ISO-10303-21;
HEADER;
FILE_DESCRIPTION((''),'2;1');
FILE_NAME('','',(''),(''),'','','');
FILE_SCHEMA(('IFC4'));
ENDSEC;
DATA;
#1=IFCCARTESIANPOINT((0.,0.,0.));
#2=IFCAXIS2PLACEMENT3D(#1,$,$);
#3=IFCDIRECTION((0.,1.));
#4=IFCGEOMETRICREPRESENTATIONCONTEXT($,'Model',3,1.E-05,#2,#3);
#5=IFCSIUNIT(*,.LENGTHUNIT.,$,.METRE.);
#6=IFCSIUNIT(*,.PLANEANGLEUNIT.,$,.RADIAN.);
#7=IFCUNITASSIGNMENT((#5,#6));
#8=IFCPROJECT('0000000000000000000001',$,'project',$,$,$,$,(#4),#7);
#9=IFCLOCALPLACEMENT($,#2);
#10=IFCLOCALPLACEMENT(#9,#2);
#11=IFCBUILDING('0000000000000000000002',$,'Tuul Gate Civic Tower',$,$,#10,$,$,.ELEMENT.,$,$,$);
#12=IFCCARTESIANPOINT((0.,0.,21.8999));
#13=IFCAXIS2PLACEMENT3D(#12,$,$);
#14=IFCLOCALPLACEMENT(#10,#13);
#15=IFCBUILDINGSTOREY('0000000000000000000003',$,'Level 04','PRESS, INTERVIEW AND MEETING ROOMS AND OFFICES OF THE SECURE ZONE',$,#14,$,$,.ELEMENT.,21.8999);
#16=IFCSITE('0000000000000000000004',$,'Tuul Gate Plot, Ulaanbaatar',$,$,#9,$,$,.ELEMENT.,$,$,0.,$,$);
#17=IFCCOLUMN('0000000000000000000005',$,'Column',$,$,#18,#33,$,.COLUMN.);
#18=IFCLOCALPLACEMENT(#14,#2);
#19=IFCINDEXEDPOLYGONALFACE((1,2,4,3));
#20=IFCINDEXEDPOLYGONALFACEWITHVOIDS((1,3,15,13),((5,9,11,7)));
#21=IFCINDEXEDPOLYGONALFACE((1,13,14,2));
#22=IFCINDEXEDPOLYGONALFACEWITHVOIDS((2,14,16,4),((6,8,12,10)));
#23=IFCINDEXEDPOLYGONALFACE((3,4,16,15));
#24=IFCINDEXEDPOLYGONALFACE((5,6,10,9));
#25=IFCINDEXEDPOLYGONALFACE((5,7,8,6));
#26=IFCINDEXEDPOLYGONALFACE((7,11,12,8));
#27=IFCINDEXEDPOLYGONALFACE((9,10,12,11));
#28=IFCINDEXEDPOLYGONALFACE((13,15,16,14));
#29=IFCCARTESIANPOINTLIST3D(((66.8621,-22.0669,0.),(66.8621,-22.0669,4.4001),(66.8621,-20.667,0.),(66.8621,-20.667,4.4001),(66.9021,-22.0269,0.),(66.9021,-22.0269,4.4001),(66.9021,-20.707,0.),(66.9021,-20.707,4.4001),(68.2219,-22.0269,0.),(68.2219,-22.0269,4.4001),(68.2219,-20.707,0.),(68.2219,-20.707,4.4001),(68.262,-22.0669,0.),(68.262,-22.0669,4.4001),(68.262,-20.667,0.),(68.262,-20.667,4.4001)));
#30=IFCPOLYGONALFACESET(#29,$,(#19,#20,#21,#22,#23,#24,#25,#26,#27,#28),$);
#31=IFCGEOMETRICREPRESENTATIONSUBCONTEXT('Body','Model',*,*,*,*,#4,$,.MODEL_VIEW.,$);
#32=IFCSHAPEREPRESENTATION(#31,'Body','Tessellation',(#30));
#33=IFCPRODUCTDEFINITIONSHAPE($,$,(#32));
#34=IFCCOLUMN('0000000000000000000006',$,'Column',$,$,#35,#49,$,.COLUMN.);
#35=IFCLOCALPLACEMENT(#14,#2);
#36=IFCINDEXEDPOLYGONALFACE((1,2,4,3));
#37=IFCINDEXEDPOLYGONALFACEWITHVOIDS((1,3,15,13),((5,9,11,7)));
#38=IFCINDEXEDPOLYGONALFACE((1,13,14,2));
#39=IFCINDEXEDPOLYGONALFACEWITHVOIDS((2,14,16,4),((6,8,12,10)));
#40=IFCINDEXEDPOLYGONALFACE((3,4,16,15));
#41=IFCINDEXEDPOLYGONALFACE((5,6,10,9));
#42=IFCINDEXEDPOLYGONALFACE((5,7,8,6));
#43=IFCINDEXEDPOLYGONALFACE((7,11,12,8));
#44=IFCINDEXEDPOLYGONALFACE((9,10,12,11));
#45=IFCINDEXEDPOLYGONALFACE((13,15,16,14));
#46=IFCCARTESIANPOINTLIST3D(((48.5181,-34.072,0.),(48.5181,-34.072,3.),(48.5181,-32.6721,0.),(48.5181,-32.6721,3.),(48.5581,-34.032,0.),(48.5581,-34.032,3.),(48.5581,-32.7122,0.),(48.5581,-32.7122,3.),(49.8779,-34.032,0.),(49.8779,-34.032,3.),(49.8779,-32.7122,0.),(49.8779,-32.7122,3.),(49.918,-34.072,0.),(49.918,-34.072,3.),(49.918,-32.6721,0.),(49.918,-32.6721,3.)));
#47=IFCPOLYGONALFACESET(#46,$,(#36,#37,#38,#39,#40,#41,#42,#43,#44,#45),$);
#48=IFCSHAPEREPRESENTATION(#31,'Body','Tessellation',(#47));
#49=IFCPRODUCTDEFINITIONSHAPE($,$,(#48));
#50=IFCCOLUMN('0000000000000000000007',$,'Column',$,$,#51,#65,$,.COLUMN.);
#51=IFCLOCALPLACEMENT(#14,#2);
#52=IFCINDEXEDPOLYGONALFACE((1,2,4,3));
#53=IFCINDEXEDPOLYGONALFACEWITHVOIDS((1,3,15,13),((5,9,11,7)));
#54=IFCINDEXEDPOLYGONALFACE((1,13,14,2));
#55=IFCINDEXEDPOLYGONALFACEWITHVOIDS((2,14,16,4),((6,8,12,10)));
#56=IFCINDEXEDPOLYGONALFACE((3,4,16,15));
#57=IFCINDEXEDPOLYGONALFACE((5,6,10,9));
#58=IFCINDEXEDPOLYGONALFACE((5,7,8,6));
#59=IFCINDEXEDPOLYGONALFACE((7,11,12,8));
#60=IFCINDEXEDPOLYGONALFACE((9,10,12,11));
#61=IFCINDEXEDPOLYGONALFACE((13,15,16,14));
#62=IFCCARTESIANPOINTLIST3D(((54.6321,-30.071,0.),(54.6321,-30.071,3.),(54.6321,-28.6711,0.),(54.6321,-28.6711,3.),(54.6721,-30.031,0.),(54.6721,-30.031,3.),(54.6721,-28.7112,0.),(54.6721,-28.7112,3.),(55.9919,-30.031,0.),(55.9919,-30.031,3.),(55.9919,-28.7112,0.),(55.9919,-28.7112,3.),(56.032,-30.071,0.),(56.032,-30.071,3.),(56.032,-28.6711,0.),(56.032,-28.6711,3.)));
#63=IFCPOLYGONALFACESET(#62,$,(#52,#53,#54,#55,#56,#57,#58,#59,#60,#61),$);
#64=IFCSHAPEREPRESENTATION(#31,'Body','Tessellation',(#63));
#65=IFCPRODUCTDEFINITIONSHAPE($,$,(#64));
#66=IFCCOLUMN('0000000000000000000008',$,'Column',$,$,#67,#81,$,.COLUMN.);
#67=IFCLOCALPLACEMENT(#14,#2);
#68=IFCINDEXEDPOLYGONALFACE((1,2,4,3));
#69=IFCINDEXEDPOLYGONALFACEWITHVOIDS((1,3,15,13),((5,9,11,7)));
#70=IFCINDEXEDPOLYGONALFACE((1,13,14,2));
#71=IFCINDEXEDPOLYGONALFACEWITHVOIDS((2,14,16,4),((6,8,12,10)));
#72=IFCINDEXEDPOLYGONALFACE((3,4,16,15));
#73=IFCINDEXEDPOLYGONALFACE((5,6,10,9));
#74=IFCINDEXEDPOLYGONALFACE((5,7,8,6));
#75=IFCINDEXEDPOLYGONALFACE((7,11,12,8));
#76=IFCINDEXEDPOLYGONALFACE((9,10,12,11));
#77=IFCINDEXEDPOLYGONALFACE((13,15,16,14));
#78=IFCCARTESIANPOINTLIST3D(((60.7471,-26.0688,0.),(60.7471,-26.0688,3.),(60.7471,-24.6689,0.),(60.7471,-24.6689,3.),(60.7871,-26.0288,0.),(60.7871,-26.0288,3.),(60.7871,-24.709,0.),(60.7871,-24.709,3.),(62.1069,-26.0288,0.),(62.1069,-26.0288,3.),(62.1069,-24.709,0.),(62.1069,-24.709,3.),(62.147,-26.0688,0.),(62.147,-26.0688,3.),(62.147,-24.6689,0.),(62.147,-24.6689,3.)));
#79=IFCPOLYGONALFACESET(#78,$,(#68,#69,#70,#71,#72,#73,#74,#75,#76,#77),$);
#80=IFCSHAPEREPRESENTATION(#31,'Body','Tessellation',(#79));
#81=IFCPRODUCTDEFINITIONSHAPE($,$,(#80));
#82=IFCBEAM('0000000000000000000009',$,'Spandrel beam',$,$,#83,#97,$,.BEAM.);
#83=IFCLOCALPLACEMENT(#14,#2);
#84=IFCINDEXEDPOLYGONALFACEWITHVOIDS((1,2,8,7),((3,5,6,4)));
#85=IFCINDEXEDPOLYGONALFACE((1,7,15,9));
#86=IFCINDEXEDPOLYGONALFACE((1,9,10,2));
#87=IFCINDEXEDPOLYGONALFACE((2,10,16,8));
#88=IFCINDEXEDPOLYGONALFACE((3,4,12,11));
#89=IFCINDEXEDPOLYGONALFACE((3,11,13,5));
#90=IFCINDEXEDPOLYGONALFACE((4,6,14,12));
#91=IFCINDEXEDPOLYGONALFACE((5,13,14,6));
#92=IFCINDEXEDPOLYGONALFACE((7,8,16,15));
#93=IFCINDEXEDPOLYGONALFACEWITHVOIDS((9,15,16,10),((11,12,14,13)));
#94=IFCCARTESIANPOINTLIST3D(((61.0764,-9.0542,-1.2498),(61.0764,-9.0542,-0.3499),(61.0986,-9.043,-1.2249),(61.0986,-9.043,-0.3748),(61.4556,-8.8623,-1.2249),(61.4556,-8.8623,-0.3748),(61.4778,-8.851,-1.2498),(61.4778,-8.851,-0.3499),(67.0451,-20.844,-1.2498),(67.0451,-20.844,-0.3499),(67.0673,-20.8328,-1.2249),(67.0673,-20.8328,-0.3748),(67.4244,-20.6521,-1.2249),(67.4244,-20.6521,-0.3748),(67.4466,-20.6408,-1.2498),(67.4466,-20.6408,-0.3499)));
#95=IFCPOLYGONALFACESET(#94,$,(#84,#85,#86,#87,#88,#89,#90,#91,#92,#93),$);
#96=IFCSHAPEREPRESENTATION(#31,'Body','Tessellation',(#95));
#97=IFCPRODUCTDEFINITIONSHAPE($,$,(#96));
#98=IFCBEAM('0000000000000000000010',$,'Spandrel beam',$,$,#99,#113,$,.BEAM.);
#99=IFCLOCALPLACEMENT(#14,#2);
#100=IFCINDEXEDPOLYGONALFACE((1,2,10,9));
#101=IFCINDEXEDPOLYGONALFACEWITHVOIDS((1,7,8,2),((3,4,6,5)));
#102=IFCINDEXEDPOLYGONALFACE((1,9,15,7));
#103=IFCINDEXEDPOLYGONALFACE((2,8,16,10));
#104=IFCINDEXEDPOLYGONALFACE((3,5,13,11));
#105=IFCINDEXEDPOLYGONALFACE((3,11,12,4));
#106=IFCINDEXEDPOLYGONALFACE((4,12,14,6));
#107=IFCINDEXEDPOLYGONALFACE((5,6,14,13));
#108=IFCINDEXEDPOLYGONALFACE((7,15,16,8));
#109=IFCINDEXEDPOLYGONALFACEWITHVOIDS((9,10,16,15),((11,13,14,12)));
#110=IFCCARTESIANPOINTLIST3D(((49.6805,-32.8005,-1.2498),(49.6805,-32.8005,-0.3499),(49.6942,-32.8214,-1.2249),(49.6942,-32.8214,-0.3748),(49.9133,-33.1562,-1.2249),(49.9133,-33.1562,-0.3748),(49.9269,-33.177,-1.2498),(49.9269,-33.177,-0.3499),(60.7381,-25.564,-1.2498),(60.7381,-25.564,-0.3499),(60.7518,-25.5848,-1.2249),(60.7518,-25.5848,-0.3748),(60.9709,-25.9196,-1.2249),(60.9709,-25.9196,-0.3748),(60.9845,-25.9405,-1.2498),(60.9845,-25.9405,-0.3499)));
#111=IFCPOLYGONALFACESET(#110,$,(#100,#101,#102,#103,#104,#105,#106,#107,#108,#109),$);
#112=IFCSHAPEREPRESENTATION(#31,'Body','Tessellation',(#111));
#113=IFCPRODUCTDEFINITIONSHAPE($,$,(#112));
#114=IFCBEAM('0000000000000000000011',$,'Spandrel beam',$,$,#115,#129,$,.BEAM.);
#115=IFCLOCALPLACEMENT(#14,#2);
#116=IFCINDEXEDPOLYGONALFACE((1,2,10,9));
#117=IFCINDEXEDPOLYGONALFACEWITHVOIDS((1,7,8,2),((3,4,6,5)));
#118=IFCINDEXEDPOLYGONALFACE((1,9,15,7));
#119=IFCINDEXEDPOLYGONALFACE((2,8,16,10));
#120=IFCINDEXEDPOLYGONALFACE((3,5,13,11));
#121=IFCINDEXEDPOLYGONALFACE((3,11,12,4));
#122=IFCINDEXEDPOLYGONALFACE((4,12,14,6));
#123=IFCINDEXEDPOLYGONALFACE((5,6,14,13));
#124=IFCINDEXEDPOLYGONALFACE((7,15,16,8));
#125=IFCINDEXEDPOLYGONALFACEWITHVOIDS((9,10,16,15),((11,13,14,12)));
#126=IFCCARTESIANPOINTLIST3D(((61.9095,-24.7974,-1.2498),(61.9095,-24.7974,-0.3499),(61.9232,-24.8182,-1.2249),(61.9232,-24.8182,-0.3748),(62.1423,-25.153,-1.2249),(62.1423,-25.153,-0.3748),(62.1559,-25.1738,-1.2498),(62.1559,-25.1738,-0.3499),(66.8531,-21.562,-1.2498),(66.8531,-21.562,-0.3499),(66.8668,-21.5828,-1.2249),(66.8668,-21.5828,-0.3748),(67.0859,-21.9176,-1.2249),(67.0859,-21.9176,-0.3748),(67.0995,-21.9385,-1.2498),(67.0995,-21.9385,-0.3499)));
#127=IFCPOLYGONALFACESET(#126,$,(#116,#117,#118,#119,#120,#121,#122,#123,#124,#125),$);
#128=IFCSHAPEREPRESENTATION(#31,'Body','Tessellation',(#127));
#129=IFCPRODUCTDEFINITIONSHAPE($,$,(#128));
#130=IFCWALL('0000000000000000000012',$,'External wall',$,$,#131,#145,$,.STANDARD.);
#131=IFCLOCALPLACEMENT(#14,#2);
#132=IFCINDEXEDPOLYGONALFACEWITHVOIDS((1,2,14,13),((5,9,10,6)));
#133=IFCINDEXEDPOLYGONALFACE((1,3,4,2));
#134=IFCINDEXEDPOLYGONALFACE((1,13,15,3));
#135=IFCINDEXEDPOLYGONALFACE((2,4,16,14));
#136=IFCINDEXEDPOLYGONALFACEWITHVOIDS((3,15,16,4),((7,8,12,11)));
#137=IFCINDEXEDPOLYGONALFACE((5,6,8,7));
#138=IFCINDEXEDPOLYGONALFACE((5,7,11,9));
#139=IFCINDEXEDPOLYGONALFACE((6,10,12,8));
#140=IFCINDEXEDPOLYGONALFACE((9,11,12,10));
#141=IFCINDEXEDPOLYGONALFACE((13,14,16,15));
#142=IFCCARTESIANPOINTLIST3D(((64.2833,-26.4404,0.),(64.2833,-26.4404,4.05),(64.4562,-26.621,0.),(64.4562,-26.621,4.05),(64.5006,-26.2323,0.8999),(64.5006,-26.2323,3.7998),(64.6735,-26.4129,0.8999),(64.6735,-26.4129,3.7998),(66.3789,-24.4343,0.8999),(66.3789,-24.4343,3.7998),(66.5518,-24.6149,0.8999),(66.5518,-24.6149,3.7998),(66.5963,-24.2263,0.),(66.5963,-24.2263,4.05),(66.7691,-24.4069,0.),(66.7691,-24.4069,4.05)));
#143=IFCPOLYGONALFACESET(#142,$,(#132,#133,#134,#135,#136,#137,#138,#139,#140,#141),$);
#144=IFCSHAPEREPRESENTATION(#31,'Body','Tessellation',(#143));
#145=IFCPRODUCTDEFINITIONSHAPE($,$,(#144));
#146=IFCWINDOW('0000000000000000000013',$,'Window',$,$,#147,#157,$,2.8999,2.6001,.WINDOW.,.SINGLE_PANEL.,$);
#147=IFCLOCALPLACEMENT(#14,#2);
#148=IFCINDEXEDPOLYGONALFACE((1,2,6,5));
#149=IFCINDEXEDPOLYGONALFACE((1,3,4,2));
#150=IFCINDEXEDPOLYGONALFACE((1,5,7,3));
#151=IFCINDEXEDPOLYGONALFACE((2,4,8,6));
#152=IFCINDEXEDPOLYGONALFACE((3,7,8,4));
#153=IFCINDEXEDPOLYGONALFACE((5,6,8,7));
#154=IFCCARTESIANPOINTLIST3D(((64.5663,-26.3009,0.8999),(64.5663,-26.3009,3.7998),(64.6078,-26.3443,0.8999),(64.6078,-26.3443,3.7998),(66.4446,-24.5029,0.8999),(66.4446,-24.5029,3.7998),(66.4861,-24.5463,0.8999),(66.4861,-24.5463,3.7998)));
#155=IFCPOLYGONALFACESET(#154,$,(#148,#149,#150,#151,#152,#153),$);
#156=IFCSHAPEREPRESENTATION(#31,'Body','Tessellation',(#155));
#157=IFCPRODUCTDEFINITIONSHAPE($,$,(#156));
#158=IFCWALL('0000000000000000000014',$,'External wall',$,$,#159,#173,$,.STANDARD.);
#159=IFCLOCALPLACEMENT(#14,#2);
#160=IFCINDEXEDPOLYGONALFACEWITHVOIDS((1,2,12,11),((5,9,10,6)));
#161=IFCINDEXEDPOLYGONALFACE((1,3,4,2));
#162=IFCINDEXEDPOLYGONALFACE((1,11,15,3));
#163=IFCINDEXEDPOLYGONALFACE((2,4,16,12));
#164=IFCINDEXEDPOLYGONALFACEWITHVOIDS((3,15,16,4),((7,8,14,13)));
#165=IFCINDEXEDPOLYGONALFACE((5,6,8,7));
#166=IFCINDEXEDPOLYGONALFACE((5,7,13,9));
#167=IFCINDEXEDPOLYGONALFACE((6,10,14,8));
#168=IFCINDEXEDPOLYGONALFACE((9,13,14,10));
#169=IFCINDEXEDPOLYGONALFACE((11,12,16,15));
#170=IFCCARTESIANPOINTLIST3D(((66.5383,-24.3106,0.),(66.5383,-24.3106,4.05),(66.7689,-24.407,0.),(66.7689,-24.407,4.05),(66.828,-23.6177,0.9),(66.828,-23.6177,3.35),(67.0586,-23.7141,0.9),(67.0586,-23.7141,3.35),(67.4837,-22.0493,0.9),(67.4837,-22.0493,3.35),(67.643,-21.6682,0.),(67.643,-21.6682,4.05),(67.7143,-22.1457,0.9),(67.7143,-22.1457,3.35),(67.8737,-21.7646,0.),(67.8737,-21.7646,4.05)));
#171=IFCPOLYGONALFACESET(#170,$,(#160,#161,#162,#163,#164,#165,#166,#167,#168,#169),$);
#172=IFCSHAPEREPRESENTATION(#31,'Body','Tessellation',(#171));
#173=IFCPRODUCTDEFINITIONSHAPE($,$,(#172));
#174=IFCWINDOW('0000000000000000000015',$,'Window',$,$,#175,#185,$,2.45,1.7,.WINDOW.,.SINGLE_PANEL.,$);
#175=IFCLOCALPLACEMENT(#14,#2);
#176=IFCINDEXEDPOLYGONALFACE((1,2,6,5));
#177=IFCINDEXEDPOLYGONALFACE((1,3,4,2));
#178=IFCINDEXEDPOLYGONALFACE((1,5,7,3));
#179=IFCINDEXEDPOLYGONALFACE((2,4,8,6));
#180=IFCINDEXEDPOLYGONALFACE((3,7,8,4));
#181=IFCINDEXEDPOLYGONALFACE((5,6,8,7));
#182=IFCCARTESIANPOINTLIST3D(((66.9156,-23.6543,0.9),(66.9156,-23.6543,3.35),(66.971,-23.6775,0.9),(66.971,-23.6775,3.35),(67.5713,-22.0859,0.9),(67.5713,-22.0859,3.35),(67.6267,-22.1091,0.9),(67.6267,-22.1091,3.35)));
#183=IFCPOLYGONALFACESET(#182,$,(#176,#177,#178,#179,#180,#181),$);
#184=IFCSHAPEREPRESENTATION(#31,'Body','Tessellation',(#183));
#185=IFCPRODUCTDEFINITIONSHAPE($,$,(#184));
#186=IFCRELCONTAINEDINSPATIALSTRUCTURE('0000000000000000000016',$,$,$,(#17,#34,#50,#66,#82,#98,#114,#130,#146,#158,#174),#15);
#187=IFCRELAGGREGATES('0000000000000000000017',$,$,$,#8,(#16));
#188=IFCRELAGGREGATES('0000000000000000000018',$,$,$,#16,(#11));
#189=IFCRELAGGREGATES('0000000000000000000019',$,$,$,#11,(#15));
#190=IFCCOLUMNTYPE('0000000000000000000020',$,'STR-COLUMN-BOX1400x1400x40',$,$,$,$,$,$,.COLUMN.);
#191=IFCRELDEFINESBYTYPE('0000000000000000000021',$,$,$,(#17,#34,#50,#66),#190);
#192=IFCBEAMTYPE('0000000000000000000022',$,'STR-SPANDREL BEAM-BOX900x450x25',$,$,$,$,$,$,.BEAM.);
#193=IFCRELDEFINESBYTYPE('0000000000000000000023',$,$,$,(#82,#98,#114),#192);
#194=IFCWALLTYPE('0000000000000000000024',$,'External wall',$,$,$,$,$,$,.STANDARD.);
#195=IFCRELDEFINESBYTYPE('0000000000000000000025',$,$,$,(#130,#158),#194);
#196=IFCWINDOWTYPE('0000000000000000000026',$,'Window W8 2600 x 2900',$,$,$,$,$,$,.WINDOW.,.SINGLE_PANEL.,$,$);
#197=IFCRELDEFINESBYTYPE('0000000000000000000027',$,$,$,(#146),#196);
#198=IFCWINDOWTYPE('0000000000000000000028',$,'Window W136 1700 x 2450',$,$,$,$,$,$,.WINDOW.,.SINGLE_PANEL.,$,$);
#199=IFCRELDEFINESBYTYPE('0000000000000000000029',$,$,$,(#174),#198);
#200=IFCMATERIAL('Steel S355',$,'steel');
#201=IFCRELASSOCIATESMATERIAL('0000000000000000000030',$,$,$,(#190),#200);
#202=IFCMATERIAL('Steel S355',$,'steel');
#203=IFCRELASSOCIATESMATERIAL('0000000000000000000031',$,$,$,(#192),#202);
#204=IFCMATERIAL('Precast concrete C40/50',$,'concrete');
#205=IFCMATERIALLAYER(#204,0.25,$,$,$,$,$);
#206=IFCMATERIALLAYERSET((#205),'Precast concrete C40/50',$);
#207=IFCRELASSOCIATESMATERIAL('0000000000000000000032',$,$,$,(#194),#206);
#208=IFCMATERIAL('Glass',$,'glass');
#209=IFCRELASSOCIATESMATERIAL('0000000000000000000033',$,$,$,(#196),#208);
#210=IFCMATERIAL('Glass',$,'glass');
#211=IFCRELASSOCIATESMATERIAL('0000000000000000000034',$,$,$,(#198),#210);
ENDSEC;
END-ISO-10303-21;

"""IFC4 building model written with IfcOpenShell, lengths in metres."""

from ifc_helpers import new_model, si_unit, direction, frame, frame_2d, origin, origin_2d, place, context, subcontext, project, spatial, rectangle, hollow_rectangle, extrude, material, layer, layer_set, material_profile, profile_set, type_object, element, fill, save


model = new_model("IFC4")

# Units and contexts
model_context = context("Model", 3, precision=1e-05, world=origin(), true_north=direction((0.0, 1.0)))
body_context = subcontext(model_context, "Body", "Model", "MODEL_VIEW")
ifc_project = project(units=[si_unit("LENGTHUNIT", "METRE"), si_unit("PLANEANGLEUNIT", "RADIAN")], contexts=[model_context])

# Site, building, storey
site_placement = place(None, origin())
site = spatial("IfcSite", under=ifc_project, at=site_placement, Name="Tuul Gate Plot, Ulaanbaatar", CompositionType="ELEMENT", RefElevation=0.0)
building_placement = place(site_placement, origin())
building = spatial("IfcBuilding", under=site, at=building_placement, Name="Tuul Gate Civic Tower", CompositionType="ELEMENT")
storey_placement = place(building_placement, frame((0.0, 0.0, 21.8999)))
storey = spatial("IfcBuildingStorey", under=building, at=storey_placement, Name="Level 04", Description="PRESS, INTERVIEW AND MEETING ROOMS AND OFFICES OF THE SECURE ZONE", CompositionType="ELEMENT", Elevation=21.8999)

# Columns
ifc_material_1 = material(Name="Steel S355", Category="steel")
ifc_material_profile_1 = material_profile(ifc_material_1, hollow_rectangle(XDim=1.3999, YDim=1.3999, WallThickness=0.04, at=origin_2d()), Name="BOX1400x1400x40")
ifc_profile_set_1 = profile_set([ifc_material_profile_1], Name="Steel S355")
column_type = type_object("IfcColumnType", Name="STR-COLUMN-BOX1400x1400x40", PredefinedType="COLUMN", material=ifc_profile_set_1)
column_placement = place(storey_placement, frame((67.562, -21.3669, 0.0), z_axis=(0.0, 0.0, 1.0), x_axis=(1.0, 0.0, 0.0)))
element("IfcColumn", 1, at=column_placement, inside=storey, type_object=column_type, Name="Column", PredefinedType="COLUMN", context=body_context, shape_type="SweptSolid", body=[
    extrude(hollow_rectangle(XDim=1.3999, YDim=1.3999, WallThickness=0.04, at=origin_2d()), origin(), (0.0, 0.0, 1.0), 4.4001),
])
for number, where, z_axis, x_axis, name in (
    (2, (49.218, -33.3721, 0.0), (0.0, 0.0, 1.0), (1.0, 0.0, 0.0), "Column"),
    (3, (55.332, -29.3711, 0.0), (0.0, 0.0, 1.0), (1.0, 0.0, 0.0), "Column"),
    (4, (61.447, -25.3689, 0.0), (0.0, 0.0, 1.0), (1.0, 0.0, 0.0), "Column"),
):
    element("IfcColumn", number, at=place(storey_placement, frame(where, z_axis=z_axis, x_axis=x_axis)), inside=storey, type_object=column_type, Name=name, PredefinedType="COLUMN", context=body_context, shape_type="SweptSolid", body=[
        extrude(hollow_rectangle(XDim=1.3999, YDim=1.3999, WallThickness=0.04, at=origin_2d()), origin(), (0.0, 0.0, 1.0), 3.0),
    ])

# Beams
ifc_material_2 = material(Name="Steel S355", Category="steel")
ifc_material_profile_2 = material_profile(ifc_material_2, hollow_rectangle(XDim=0.45, YDim=0.8999, WallThickness=0.0249, at=origin_2d()), Name="BOX900x450x25")
ifc_profile_set_2 = profile_set([ifc_material_profile_2], Name="Steel S355")
beam_type = type_object("IfcBeamType", Name="STR-SPANDREL BEAM-BOX900x450x25", PredefinedType="BEAM", material=ifc_profile_set_2)
beam_1_placement = place(storey_placement, frame((67.2458, -20.7424, -0.7998), z_axis=(-0.451679, 0.892181, 0.0), x_axis=(-0.892181, -0.451679, 0.0)))
element("IfcBeam", 5, at=beam_1_placement, inside=storey, type_object=beam_type, Name="Spandrel beam", PredefinedType="BEAM", context=body_context, shape_type="SweptSolid", body=[
    extrude(hollow_rectangle(XDim=0.45, YDim=0.8999, WallThickness=0.0249, at=origin_2d()), origin(), (0.0, 0.0, 1.0), 13.2146),
])
beam_2_placement = place(storey_placement, frame((49.8037, -32.9888, -0.7998), z_axis=(0.836741, 0.547599, 0.0), x_axis=(-0.547599, 0.836741, 0.0)))
element("IfcBeam", 6, at=beam_2_placement, inside=storey, type_object=beam_type, Name="Spandrel beam", PredefinedType="BEAM", context=body_context, shape_type="SweptSolid", body=[
    extrude(hollow_rectangle(XDim=0.45, YDim=0.8999, WallThickness=0.0249, at=origin_2d()), origin(), (0.0, 0.0, 1.0), 13.2151),
])
beam_3_placement = place(storey_placement, frame((62.0327, -24.9856, -0.7998), z_axis=(0.836737, 0.547604, 0.0), x_axis=(-0.547604, 0.836737, 0.0)))
element("IfcBeam", 7, at=beam_3_placement, inside=storey, type_object=beam_type, Name="Spandrel beam", PredefinedType="BEAM", context=body_context, shape_type="SweptSolid", body=[
    extrude(hollow_rectangle(XDim=0.45, YDim=0.8999, WallThickness=0.0249, at=origin_2d()), origin(), (0.0, 0.0, 1.0), 5.9082),
])

# Walls, openings, windows
ifc_material_3 = material(Name="Precast concrete C40/50", Category="concrete")
ifc_layer = layer(ifc_material_3, 0.25)
ifc_layer_set = layer_set([ifc_layer], Name="Precast concrete C40/50")
wall_type = type_object("IfcWallType", Name="External wall", PredefinedType="STANDARD", material=ifc_layer_set)
wall_1_placement = place(storey_placement, frame((64.3696, -26.5308, 0.0), z_axis=(0.0, 0.0, 1.0), x_axis=(0.722379, 0.691498, 0.0)))
wall_1 = element("IfcWall", 8, at=wall_1_placement, inside=storey, type_object=wall_type, Name="External wall", PredefinedType="STANDARD", context=body_context, shape_type="SweptSolid", body=[
    extrude(rectangle(XDim=3.2019, YDim=0.25, at=frame_2d((1.6011, 0.0))), origin(), (0.0, 0.0, 1.0), 4.05),
])
opening_1_placement = place(wall_1_placement, frame((0.301, 0.0, 0.8999)))
opening_1 = element("IfcOpeningElement", 9, at=opening_1_placement, cuts=wall_1, PredefinedType="OPENING", context=body_context, shape_type="SweptSolid", body=[
    extrude(rectangle(XDim=2.6001, YDim=2.8999, at=frame_2d((1.3, 1.45))), frame((0.0, 0.135, 0.0), z_axis=(0.0, -1.0, 0.0), x_axis=(1.0, 0.0, 0.0)), (0.0, 0.0, 1.0), 0.27),
])
ifc_material_4 = material(Name="Glass", Category="glass")
window_type_1 = type_object("IfcWindowType", Name="Window W8 2600 x 2900", PartitioningType="SINGLE_PANEL", PredefinedType="WINDOW", material=ifc_material_4)
window_1_placement = place(opening_1_placement, origin())
window_1 = element("IfcWindow", 10, at=window_1_placement, inside=storey, type_object=window_type_1, Name="Window", OverallHeight=2.8999, OverallWidth=2.6001, PartitioningType="SINGLE_PANEL", PredefinedType="WINDOW", context=body_context, shape_type="SweptSolid", body=[
    extrude(rectangle(XDim=2.6001, YDim=2.8999, at=frame_2d((1.3, 1.45))), frame((0.0, 0.03, 0.0), z_axis=(0.0, -1.0, 0.0), x_axis=(1.0, 0.0, 0.0)), (0.0, 0.0, 1.0), 0.0601),
])
fill(opening_1, window_1)
wall_2_placement = place(storey_placement, frame((66.6536, -24.3589, 0.0), z_axis=(0.0, 0.0, 1.0), x_axis=(0.385735, 0.92261, 0.0)))
wall_2 = element("IfcWall", 11, at=wall_2_placement, inside=storey, type_object=wall_type, Name="External wall", PredefinedType="STANDARD", context=body_context, shape_type="SweptSolid", body=[
    extrude(rectangle(XDim=2.864, YDim=0.25, at=frame_2d((1.4321, 0.0))), origin(), (0.0, 0.0, 1.0), 4.05),
])
opening_2_placement = place(wall_2_placement, frame((0.751, 0.0, 0.8999)))
opening_2 = element("IfcOpeningElement", 12, at=opening_2_placement, cuts=wall_2, PredefinedType="OPENING", context=body_context, shape_type="SweptSolid", body=[
    extrude(rectangle(XDim=1.7, YDim=2.45, at=frame_2d((0.8501, 1.2251))), frame((0.0, 0.135, 0.0), z_axis=(0.0, -1.0, 0.0), x_axis=(1.0, 0.0, 0.0)), (0.0, 0.0, 1.0), 0.27),
])
ifc_material_5 = material(Name="Glass", Category="glass")
window_type_2 = type_object("IfcWindowType", Name="Window W136 1700 x 2450", PartitioningType="SINGLE_PANEL", PredefinedType="WINDOW", material=ifc_material_5)
window_2_placement = place(opening_2_placement, origin())
window_2 = element("IfcWindow", 13, at=window_2_placement, inside=storey, type_object=window_type_2, Name="Window", OverallHeight=2.45, OverallWidth=1.7, PartitioningType="SINGLE_PANEL", PredefinedType="WINDOW", context=body_context, shape_type="SweptSolid", body=[
    extrude(rectangle(XDim=1.7, YDim=2.45, at=frame_2d((0.8501, 1.2251))), frame((0.0, 0.03, 0.0), z_axis=(0.0, -1.0, 0.0), x_axis=(1.0, 0.0, 0.0)), (0.0, 0.0, 1.0), 0.0601),
])
fill(opening_2, window_2)

save(model, "model.ifc")
